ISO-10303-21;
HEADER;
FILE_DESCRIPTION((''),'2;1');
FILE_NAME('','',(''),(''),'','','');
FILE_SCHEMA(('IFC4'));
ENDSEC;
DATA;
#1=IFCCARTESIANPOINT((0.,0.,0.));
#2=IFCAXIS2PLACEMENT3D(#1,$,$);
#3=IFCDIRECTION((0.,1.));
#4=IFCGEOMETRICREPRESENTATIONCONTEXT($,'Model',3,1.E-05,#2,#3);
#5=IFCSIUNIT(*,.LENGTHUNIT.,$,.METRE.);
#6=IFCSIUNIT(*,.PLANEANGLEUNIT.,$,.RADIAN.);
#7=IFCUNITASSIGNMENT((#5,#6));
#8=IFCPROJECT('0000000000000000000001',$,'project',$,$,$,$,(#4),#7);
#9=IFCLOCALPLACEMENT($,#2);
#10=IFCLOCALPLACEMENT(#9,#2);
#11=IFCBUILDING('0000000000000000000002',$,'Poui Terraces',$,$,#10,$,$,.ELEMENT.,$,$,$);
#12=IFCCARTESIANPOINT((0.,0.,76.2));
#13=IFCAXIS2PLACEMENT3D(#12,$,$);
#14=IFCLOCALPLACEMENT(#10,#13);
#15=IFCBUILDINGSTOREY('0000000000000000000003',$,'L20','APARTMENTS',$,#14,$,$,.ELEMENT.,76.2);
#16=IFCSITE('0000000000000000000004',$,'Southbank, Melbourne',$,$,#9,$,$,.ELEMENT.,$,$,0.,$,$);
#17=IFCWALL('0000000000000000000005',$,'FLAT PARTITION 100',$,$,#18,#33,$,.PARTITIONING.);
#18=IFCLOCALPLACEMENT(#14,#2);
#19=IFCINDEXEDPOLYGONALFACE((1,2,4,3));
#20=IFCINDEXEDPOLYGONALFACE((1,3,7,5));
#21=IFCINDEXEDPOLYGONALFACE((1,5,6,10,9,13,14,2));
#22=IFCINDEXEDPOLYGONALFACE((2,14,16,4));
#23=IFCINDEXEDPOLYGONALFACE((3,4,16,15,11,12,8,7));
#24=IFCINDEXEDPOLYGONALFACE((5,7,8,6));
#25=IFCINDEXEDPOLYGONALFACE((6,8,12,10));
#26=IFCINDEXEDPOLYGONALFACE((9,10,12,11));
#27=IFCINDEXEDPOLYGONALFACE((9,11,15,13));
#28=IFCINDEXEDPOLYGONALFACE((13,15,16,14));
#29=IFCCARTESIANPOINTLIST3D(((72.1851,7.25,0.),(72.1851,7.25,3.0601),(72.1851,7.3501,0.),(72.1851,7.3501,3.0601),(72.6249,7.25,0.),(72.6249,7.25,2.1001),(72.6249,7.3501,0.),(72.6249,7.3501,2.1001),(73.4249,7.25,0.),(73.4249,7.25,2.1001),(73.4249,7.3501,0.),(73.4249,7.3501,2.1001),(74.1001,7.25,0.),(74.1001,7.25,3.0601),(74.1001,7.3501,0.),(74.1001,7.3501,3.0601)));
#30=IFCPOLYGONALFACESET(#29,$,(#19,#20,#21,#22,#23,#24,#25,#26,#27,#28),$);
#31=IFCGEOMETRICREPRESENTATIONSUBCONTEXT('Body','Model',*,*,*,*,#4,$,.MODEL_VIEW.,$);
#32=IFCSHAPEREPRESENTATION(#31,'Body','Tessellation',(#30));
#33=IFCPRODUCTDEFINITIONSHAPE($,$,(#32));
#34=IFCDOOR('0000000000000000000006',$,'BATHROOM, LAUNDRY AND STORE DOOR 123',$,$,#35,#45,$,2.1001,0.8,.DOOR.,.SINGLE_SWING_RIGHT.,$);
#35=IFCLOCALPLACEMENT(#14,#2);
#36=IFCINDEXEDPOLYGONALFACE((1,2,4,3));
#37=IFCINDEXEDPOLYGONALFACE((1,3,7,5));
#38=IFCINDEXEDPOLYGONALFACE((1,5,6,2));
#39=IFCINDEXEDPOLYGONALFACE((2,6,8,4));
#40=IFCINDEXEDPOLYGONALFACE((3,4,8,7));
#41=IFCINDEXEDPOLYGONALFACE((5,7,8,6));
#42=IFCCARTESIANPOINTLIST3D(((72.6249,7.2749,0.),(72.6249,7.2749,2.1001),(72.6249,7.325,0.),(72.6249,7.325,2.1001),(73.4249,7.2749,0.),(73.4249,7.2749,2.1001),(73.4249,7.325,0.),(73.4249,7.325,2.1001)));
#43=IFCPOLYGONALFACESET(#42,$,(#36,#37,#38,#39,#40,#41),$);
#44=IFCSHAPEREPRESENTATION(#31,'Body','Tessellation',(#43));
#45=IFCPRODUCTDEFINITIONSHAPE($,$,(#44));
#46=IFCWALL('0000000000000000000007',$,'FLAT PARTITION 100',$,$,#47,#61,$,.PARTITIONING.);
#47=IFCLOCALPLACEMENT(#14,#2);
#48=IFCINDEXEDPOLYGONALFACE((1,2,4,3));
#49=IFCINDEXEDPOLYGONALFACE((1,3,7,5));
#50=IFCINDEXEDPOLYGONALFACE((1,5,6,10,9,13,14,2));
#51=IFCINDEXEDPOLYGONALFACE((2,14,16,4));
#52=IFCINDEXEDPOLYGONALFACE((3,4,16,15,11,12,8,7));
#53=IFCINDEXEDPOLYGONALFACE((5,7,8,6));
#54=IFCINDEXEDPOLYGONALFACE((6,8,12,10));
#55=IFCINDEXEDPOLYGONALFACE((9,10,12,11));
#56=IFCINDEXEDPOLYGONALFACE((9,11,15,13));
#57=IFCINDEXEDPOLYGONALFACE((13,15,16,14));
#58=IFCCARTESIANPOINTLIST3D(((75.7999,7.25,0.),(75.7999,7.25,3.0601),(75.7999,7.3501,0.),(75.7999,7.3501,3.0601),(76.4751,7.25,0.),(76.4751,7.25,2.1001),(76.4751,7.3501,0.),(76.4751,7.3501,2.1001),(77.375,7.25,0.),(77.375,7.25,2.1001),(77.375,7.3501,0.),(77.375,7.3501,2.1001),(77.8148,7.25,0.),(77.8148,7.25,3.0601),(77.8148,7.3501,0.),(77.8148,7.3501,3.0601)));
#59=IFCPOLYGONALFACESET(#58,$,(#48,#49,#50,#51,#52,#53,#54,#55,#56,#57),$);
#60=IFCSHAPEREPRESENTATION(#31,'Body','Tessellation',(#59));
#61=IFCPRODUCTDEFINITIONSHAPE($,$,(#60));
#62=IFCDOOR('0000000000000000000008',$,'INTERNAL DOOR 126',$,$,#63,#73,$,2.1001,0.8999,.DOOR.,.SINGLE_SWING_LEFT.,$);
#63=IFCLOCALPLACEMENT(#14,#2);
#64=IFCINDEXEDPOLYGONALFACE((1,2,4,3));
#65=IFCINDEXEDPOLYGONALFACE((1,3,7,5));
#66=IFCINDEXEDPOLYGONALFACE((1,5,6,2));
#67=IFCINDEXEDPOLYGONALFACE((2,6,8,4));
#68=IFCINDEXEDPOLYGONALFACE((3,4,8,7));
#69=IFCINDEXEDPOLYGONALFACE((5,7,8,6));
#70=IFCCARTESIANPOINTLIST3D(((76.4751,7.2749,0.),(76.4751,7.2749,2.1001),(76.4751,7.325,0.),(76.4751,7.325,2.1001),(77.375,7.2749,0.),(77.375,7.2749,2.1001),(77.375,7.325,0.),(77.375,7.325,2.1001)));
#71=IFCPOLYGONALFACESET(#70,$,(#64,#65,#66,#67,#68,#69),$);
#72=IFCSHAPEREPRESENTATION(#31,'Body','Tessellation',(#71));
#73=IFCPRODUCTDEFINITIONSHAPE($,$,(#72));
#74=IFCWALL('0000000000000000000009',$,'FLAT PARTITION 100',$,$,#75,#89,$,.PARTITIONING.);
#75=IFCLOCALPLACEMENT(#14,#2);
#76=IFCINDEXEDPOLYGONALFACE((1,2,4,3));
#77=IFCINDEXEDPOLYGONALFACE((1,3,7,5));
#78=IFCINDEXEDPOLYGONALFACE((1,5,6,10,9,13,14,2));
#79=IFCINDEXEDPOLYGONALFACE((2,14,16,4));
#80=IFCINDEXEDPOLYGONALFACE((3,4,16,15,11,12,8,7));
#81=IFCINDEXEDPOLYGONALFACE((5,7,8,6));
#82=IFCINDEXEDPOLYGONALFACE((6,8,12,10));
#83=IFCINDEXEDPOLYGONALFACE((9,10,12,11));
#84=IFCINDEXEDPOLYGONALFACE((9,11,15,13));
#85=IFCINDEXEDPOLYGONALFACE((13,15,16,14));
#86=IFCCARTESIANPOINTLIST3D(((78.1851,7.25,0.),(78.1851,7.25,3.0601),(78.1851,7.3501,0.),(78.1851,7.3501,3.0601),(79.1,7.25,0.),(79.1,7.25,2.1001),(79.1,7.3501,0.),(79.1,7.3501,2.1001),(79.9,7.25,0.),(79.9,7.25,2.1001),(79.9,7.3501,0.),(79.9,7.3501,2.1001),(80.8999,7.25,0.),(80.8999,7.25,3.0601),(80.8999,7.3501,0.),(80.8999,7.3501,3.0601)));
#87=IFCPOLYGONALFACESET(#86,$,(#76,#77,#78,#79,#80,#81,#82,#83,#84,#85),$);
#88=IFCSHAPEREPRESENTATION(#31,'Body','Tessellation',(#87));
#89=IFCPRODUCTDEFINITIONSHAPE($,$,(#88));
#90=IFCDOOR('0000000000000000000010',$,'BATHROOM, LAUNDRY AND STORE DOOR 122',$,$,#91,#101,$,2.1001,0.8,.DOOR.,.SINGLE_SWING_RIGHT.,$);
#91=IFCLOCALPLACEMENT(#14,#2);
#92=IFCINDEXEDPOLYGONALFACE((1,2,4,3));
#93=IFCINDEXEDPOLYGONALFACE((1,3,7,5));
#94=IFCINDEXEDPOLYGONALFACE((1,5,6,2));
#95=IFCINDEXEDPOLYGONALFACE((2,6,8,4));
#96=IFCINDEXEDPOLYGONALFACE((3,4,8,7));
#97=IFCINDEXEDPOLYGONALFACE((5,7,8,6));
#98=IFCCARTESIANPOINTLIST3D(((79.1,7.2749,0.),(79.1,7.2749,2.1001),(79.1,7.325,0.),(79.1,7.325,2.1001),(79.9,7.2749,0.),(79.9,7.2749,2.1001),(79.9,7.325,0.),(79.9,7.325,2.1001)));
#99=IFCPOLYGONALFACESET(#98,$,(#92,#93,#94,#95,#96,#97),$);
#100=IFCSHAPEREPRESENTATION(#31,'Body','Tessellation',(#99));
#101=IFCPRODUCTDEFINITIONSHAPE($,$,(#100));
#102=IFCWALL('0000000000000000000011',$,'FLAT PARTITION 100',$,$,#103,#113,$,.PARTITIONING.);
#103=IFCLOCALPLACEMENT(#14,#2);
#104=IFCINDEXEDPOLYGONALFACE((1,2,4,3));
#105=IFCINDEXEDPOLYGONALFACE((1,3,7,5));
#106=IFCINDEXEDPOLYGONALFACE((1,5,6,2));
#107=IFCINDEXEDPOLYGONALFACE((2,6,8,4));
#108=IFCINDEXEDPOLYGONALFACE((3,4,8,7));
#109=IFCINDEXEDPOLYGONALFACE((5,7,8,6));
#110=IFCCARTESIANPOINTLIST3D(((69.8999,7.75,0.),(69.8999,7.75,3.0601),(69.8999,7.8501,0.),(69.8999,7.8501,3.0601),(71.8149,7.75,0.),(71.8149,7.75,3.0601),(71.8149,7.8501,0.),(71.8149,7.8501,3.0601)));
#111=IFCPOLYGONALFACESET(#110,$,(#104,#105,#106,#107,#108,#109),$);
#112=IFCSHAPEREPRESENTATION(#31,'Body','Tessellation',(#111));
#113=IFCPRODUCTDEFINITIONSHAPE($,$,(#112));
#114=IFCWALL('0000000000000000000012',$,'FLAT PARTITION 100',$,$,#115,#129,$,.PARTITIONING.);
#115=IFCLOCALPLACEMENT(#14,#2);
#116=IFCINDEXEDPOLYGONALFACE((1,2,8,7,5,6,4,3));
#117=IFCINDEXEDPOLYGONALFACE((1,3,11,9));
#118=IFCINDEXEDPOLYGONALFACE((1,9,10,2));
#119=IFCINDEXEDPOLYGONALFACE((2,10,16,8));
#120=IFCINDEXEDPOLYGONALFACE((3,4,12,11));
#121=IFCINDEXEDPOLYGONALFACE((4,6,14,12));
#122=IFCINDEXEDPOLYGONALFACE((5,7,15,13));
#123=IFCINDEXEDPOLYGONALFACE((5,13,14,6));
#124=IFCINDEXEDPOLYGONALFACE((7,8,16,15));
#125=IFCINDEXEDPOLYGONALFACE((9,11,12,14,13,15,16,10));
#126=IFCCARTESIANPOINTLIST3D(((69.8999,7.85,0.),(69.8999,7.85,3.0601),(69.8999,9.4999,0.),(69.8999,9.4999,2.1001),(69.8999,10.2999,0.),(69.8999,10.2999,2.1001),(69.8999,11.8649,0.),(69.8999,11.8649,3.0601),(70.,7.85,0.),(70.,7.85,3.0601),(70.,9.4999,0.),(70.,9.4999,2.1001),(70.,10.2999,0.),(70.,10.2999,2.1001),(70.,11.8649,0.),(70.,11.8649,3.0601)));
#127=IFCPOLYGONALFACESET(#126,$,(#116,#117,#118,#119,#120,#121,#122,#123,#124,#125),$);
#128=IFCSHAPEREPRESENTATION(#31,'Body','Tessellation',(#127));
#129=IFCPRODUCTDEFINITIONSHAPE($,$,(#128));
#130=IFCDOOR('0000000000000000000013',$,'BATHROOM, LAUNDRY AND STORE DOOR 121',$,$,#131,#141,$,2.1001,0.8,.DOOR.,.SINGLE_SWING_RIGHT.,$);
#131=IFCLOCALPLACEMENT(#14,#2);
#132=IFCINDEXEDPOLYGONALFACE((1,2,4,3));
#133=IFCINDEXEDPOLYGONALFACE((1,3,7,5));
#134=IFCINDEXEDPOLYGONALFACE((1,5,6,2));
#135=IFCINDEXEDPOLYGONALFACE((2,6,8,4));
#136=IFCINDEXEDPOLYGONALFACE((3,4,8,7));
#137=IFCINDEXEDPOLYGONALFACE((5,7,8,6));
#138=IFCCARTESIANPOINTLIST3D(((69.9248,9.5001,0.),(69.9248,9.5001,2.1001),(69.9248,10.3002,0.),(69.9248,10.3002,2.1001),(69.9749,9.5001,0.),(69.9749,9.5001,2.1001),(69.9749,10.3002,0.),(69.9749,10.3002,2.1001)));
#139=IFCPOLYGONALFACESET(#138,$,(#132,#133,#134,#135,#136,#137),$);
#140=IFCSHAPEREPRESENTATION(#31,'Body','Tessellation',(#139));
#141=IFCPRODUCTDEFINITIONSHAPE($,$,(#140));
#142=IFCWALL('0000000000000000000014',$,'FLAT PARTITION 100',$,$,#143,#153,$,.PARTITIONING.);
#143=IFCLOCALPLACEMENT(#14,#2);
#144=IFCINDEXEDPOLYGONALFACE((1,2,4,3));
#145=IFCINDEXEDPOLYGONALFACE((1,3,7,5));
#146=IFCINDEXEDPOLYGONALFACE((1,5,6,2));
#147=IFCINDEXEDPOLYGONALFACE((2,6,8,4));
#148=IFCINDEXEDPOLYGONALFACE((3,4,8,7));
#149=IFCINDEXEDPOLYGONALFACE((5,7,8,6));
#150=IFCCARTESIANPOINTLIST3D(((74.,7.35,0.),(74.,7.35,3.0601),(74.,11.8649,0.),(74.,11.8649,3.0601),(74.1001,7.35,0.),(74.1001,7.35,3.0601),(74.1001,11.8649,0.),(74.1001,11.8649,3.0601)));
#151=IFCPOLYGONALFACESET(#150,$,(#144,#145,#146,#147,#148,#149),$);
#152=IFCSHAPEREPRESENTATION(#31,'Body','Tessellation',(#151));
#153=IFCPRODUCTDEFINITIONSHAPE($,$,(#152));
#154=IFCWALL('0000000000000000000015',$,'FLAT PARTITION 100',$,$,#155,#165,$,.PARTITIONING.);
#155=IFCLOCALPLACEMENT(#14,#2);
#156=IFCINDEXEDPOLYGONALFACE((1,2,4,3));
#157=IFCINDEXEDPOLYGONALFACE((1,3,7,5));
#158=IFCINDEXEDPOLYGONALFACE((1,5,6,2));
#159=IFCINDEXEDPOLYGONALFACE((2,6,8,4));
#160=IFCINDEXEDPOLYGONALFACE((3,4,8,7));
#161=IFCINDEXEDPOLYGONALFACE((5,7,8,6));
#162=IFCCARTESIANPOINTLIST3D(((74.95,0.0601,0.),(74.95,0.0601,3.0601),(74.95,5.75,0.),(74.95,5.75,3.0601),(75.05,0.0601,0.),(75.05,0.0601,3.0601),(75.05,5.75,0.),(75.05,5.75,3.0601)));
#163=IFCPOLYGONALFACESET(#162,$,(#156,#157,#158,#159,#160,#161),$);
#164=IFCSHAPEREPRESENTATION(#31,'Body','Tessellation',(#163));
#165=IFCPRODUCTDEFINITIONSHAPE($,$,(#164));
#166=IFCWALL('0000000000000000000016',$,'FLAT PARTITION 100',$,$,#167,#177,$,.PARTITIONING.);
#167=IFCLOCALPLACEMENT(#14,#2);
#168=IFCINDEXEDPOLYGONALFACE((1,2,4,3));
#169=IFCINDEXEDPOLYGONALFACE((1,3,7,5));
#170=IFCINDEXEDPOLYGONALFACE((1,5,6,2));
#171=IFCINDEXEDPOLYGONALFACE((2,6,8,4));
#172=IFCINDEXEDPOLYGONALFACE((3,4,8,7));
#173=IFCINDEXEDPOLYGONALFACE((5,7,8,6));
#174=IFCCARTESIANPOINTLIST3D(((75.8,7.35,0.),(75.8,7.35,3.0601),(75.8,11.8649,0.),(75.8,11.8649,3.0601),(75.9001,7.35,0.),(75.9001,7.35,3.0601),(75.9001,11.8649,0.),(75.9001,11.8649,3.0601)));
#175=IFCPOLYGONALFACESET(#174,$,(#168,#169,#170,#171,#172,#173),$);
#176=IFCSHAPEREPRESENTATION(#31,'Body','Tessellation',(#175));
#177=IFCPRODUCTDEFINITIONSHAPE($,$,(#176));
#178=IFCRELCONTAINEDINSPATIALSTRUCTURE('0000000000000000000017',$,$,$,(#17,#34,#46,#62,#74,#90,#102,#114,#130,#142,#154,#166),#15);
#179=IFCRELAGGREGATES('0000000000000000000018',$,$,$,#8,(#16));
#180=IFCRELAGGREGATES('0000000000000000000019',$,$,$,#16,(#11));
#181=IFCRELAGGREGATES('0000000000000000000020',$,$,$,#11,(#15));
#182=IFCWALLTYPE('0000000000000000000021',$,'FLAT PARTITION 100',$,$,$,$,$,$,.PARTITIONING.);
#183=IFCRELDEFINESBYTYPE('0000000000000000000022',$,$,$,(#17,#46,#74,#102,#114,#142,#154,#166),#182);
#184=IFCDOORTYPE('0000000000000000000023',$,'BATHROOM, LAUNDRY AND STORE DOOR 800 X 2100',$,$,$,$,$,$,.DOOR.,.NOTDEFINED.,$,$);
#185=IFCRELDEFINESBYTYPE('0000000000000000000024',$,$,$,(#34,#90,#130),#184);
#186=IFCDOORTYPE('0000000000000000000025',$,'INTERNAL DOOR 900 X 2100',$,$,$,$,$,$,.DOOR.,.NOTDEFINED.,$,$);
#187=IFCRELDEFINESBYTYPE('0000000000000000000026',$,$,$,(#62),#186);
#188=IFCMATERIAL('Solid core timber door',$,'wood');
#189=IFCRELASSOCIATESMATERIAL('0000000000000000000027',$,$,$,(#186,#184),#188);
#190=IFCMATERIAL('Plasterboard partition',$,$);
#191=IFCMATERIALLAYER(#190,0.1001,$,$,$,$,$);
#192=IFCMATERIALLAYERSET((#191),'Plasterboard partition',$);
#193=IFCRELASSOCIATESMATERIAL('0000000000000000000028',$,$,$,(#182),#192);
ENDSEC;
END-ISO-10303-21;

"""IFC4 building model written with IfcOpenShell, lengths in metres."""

from ifc_helpers import new_model, si_unit, direction, frame, frame_2d, origin, place, context, subcontext, project, spatial, rectangle, extrude, material, layer, layer_set, type_object, element, fill, save


model = new_model("IFC4")

# Units and contexts
model_context = context("Model", 3, precision=1e-05, world=origin(), true_north=direction((0.0, 1.0)))
body_context = subcontext(model_context, "Body", "Model", "MODEL_VIEW")
ifc_project = project(units=[si_unit("LENGTHUNIT", "METRE"), si_unit("PLANEANGLEUNIT", "RADIAN")], contexts=[model_context])

# Site, building, storey
site_placement = place(None, origin())
site = spatial("IfcSite", under=ifc_project, at=site_placement, Name="Southbank, Melbourne", CompositionType="ELEMENT", RefElevation=0.0)
building_placement = place(site_placement, origin())
building = spatial("IfcBuilding", under=site, at=building_placement, Name="Poui Terraces", CompositionType="ELEMENT")
storey_placement = place(building_placement, frame((0.0, 0.0, 76.2)))
storey = spatial("IfcBuildingStorey", under=building, at=storey_placement, Name="L20", Description="APARTMENTS", CompositionType="ELEMENT", Elevation=76.2)

# Walls, openings, doors
ifc_material_1 = material(Name="Solid core timber door", Category="wood")
door_type_1 = type_object("IfcDoorType", Name="INTERNAL DOOR 900 X 2100", OperationType="NOTDEFINED", PredefinedType="DOOR", material=ifc_material_1)
ifc_material_2 = material(Name="Plasterboard partition")
ifc_layer_1 = layer(ifc_material_2, 0.1001)
ifc_layer_set_1 = layer_set([ifc_layer_1], Name="Plasterboard partition")
wall_type_1 = type_object("IfcWallType", Name="FLAT PARTITION 100", PredefinedType="PARTITIONING", material=ifc_layer_set_1)
wall_1_placement = place(storey_placement, frame((72.1851, 7.3, 0.0), z_axis=(0.0, 0.0, 1.0), x_axis=(1.0, 0.0, 0.0)))
wall_1 = element("IfcWall", 1, at=wall_1_placement, inside=storey, type_object=wall_type_1, Name="FLAT PARTITION 100", PredefinedType="PARTITIONING", context=body_context, shape_type="SweptSolid", body=[
    extrude(rectangle(XDim=1.915, YDim=0.1001, at=frame_2d((0.9575, 0.0))), origin(), (0.0, 0.0, 1.0), 3.0601),
])
opening_1_placement = place(wall_1_placement, frame((0.4399, 0.0, 0.0)))
opening_1 = element("IfcOpeningElement", 2, at=opening_1_placement, cuts=wall_1, PredefinedType="OPENING", context=body_context, shape_type="SweptSolid", body=[
    extrude(rectangle(XDim=0.8, YDim=2.1001, at=frame_2d((0.3999, 1.05))), frame((0.0, 0.0601, 0.0), z_axis=(0.0, -1.0, 0.0), x_axis=(1.0, 0.0, 0.0)), (0.0, 0.0, 1.0), 0.1201),
])
door_type_2 = type_object("IfcDoorType", Name="BATHROOM, LAUNDRY AND STORE DOOR 800 X 2100", OperationType="NOTDEFINED", PredefinedType="DOOR", material=ifc_material_1)
door_1_placement = place(opening_1_placement, origin())
door_1 = element("IfcDoor", 3, at=door_1_placement, inside=storey, type_object=door_type_2, Name="BATHROOM, LAUNDRY AND STORE DOOR 123", OperationType="SINGLE_SWING_RIGHT", OverallHeight=2.1001, OverallWidth=0.8, PredefinedType="DOOR", context=body_context, shape_type="SweptSolid", body=[
    extrude(rectangle(XDim=0.8, YDim=2.1001, at=frame_2d((0.3999, 1.05))), frame((0.0, 0.0249, 0.0), z_axis=(0.0, -1.0, 0.0), x_axis=(1.0, 0.0, 0.0)), (0.0, 0.0, 1.0), 0.05),
])
fill(opening_1, door_1)
wall_2_placement = place(storey_placement, frame((75.8, 7.3, 0.0), z_axis=(0.0, 0.0, 1.0), x_axis=(1.0, 0.0, 0.0)))
wall_2 = element("IfcWall", 4, at=wall_2_placement, inside=storey, type_object=wall_type_1, Name="FLAT PARTITION 100", PredefinedType="PARTITIONING", context=body_context, shape_type="SweptSolid", body=[
    extrude(rectangle(XDim=2.0149, YDim=0.1001, at=frame_2d((1.0073, 0.0))), origin(), (0.0, 0.0, 1.0), 3.0601),
])
opening_2_placement = place(wall_2_placement, frame((0.675, 0.0, 0.0)))
opening_2 = element("IfcOpeningElement", 5, at=opening_2_placement, cuts=wall_2, PredefinedType="OPENING", context=body_context, shape_type="SweptSolid", body=[
    extrude(rectangle(XDim=0.8999, YDim=2.1001, at=frame_2d((0.45, 1.05))), frame((0.0, 0.0601, 0.0), z_axis=(0.0, -1.0, 0.0), x_axis=(1.0, 0.0, 0.0)), (0.0, 0.0, 1.0), 0.1201),
])
door_2_placement = place(opening_2_placement, origin())
door_2 = element("IfcDoor", 6, at=door_2_placement, inside=storey, type_object=door_type_1, Name="INTERNAL DOOR 126", OperationType="SINGLE_SWING_LEFT", OverallHeight=2.1001, OverallWidth=0.8999, PredefinedType="DOOR", context=body_context, shape_type="SweptSolid", body=[
    extrude(rectangle(XDim=0.8999, YDim=2.1001, at=frame_2d((0.45, 1.05))), frame((0.0, 0.0249, 0.0), z_axis=(0.0, -1.0, 0.0), x_axis=(1.0, 0.0, 0.0)), (0.0, 0.0, 1.0), 0.05),
])
fill(opening_2, door_2)
wall_3_placement = place(storey_placement, frame((78.1851, 7.3, 0.0), z_axis=(0.0, 0.0, 1.0), x_axis=(1.0, 0.0, 0.0)))
wall_3 = element("IfcWall", 7, at=wall_3_placement, inside=storey, type_object=wall_type_1, Name="FLAT PARTITION 100", PredefinedType="PARTITIONING", context=body_context, shape_type="SweptSolid", body=[
    extrude(rectangle(XDim=2.7148, YDim=0.1001, at=frame_2d((1.3574, 0.0))), origin(), (0.0, 0.0, 1.0), 3.0601),
])
opening_3_placement = place(wall_3_placement, frame((0.915, 0.0, 0.0)))
opening_3 = element("IfcOpeningElement", 8, at=opening_3_placement, cuts=wall_3, PredefinedType="OPENING", context=body_context, shape_type="SweptSolid", body=[
    extrude(rectangle(XDim=0.8, YDim=2.1001, at=frame_2d((0.3999, 1.05))), frame((0.0, 0.0601, 0.0), z_axis=(0.0, -1.0, 0.0), x_axis=(1.0, 0.0, 0.0)), (0.0, 0.0, 1.0), 0.1201),
])
door_3_placement = place(opening_3_placement, origin())
door_3 = element("IfcDoor", 9, at=door_3_placement, inside=storey, type_object=door_type_2, Name="BATHROOM, LAUNDRY AND STORE DOOR 122", OperationType="SINGLE_SWING_RIGHT", OverallHeight=2.1001, OverallWidth=0.8, PredefinedType="DOOR", context=body_context, shape_type="SweptSolid", body=[
    extrude(rectangle(XDim=0.8, YDim=2.1001, at=frame_2d((0.3999, 1.05))), frame((0.0, 0.0249, 0.0), z_axis=(0.0, -1.0, 0.0), x_axis=(1.0, 0.0, 0.0)), (0.0, 0.0, 1.0), 0.05),
])
fill(opening_3, door_3)

# Wall
wall_4_placement = place(storey_placement, frame((69.8999, 7.8, 0.0), z_axis=(0.0, 0.0, 1.0), x_axis=(1.0, 0.0, 0.0)))
element("IfcWall", 10, at=wall_4_placement, inside=storey, type_object=wall_type_1, Name="FLAT PARTITION 100", PredefinedType="PARTITIONING", context=body_context, shape_type="SweptSolid", body=[
    extrude(rectangle(XDim=1.915, YDim=0.1001, at=frame_2d((0.9575, 0.0))), origin(), (0.0, 0.0, 1.0), 3.0601),
])

# Wall, opening, door
wall_5_placement = place(storey_placement, frame((69.95, 7.8501, 0.0), z_axis=(0.0, 0.0, 1.0), x_axis=(0.0, 1.0, 0.0)))
wall_5 = element("IfcWall", 11, at=wall_5_placement, inside=storey, type_object=wall_type_1, Name="FLAT PARTITION 100", PredefinedType="PARTITIONING", context=body_context, shape_type="SweptSolid", body=[
    extrude(rectangle(XDim=4.0149, YDim=0.1001, at=frame_2d((2.0073, 0.0))), origin(), (0.0, 0.0, 1.0), 3.0601),
])
opening_4_placement = place(wall_5_placement, frame((1.6499, 0.0, 0.0)))
opening_4 = element("IfcOpeningElement", 12, at=opening_4_placement, cuts=wall_5, PredefinedType="OPENING", context=body_context, shape_type="SweptSolid", body=[
    extrude(rectangle(XDim=0.8, YDim=2.1001, at=frame_2d((0.3999, 1.05))), frame((0.0, 0.0601, 0.0), z_axis=(0.0, -1.0, 0.0), x_axis=(1.0, 0.0, 0.0)), (0.0, 0.0, 1.0), 0.1201),
])
door_4_placement = place(opening_4_placement, frame((0.8, 0.0, 0.0), z_axis=(0.0, 0.0, 1.0), x_axis=(-1.0, 0.0, 0.0)))
door_4 = element("IfcDoor", 13, at=door_4_placement, inside=storey, type_object=door_type_2, Name="BATHROOM, LAUNDRY AND STORE DOOR 121", OperationType="SINGLE_SWING_RIGHT", OverallHeight=2.1001, OverallWidth=0.8, PredefinedType="DOOR", context=body_context, shape_type="SweptSolid", body=[
    extrude(rectangle(XDim=0.8, YDim=2.1001, at=frame_2d((0.3999, 1.05))), frame((0.0, 0.0249, 0.0), z_axis=(0.0, -1.0, 0.0), x_axis=(1.0, 0.0, 0.0)), (0.0, 0.0, 1.0), 0.05),
])
fill(opening_4, door_4)

# Walls
wall_6_placement = place(storey_placement, frame((74.05, 7.3501, 0.0), z_axis=(0.0, 0.0, 1.0), x_axis=(0.0, 1.0, 0.0)))
element("IfcWall", 14, at=wall_6_placement, inside=storey, type_object=wall_type_1, Name="FLAT PARTITION 100", PredefinedType="PARTITIONING", context=body_context, shape_type="SweptSolid", body=[
    extrude(rectangle(XDim=4.5149, YDim=0.1001, at=frame_2d((2.2573, 0.0))), origin(), (0.0, 0.0, 1.0), 3.0601),
])
wall_7_placement = place(storey_placement, frame((75.0, 0.0601, 0.0), z_axis=(0.0, 0.0, 1.0), x_axis=(0.0, 1.0, 0.0)))
element("IfcWall", 15, at=wall_7_placement, inside=storey, type_object=wall_type_1, Name="FLAT PARTITION 100", PredefinedType="PARTITIONING", context=body_context, shape_type="SweptSolid", body=[
    extrude(rectangle(XDim=5.6899, YDim=0.1001, at=frame_2d((2.845, 0.0))), origin(), (0.0, 0.0, 1.0), 3.0601),
])
wall_8_placement = place(storey_placement, frame((75.8501, 7.3501, 0.0), z_axis=(0.0, 0.0, 1.0), x_axis=(0.0, 1.0, 0.0)))
element("IfcWall", 16, at=wall_8_placement, inside=storey, type_object=wall_type_1, Name="FLAT PARTITION 100", PredefinedType="PARTITIONING", context=body_context, shape_type="SweptSolid", body=[
    extrude(rectangle(XDim=4.5149, YDim=0.1001, at=frame_2d((2.2573, 0.0))), origin(), (0.0, 0.0, 1.0), 3.0601),
])

save(model, "model.ifc")
